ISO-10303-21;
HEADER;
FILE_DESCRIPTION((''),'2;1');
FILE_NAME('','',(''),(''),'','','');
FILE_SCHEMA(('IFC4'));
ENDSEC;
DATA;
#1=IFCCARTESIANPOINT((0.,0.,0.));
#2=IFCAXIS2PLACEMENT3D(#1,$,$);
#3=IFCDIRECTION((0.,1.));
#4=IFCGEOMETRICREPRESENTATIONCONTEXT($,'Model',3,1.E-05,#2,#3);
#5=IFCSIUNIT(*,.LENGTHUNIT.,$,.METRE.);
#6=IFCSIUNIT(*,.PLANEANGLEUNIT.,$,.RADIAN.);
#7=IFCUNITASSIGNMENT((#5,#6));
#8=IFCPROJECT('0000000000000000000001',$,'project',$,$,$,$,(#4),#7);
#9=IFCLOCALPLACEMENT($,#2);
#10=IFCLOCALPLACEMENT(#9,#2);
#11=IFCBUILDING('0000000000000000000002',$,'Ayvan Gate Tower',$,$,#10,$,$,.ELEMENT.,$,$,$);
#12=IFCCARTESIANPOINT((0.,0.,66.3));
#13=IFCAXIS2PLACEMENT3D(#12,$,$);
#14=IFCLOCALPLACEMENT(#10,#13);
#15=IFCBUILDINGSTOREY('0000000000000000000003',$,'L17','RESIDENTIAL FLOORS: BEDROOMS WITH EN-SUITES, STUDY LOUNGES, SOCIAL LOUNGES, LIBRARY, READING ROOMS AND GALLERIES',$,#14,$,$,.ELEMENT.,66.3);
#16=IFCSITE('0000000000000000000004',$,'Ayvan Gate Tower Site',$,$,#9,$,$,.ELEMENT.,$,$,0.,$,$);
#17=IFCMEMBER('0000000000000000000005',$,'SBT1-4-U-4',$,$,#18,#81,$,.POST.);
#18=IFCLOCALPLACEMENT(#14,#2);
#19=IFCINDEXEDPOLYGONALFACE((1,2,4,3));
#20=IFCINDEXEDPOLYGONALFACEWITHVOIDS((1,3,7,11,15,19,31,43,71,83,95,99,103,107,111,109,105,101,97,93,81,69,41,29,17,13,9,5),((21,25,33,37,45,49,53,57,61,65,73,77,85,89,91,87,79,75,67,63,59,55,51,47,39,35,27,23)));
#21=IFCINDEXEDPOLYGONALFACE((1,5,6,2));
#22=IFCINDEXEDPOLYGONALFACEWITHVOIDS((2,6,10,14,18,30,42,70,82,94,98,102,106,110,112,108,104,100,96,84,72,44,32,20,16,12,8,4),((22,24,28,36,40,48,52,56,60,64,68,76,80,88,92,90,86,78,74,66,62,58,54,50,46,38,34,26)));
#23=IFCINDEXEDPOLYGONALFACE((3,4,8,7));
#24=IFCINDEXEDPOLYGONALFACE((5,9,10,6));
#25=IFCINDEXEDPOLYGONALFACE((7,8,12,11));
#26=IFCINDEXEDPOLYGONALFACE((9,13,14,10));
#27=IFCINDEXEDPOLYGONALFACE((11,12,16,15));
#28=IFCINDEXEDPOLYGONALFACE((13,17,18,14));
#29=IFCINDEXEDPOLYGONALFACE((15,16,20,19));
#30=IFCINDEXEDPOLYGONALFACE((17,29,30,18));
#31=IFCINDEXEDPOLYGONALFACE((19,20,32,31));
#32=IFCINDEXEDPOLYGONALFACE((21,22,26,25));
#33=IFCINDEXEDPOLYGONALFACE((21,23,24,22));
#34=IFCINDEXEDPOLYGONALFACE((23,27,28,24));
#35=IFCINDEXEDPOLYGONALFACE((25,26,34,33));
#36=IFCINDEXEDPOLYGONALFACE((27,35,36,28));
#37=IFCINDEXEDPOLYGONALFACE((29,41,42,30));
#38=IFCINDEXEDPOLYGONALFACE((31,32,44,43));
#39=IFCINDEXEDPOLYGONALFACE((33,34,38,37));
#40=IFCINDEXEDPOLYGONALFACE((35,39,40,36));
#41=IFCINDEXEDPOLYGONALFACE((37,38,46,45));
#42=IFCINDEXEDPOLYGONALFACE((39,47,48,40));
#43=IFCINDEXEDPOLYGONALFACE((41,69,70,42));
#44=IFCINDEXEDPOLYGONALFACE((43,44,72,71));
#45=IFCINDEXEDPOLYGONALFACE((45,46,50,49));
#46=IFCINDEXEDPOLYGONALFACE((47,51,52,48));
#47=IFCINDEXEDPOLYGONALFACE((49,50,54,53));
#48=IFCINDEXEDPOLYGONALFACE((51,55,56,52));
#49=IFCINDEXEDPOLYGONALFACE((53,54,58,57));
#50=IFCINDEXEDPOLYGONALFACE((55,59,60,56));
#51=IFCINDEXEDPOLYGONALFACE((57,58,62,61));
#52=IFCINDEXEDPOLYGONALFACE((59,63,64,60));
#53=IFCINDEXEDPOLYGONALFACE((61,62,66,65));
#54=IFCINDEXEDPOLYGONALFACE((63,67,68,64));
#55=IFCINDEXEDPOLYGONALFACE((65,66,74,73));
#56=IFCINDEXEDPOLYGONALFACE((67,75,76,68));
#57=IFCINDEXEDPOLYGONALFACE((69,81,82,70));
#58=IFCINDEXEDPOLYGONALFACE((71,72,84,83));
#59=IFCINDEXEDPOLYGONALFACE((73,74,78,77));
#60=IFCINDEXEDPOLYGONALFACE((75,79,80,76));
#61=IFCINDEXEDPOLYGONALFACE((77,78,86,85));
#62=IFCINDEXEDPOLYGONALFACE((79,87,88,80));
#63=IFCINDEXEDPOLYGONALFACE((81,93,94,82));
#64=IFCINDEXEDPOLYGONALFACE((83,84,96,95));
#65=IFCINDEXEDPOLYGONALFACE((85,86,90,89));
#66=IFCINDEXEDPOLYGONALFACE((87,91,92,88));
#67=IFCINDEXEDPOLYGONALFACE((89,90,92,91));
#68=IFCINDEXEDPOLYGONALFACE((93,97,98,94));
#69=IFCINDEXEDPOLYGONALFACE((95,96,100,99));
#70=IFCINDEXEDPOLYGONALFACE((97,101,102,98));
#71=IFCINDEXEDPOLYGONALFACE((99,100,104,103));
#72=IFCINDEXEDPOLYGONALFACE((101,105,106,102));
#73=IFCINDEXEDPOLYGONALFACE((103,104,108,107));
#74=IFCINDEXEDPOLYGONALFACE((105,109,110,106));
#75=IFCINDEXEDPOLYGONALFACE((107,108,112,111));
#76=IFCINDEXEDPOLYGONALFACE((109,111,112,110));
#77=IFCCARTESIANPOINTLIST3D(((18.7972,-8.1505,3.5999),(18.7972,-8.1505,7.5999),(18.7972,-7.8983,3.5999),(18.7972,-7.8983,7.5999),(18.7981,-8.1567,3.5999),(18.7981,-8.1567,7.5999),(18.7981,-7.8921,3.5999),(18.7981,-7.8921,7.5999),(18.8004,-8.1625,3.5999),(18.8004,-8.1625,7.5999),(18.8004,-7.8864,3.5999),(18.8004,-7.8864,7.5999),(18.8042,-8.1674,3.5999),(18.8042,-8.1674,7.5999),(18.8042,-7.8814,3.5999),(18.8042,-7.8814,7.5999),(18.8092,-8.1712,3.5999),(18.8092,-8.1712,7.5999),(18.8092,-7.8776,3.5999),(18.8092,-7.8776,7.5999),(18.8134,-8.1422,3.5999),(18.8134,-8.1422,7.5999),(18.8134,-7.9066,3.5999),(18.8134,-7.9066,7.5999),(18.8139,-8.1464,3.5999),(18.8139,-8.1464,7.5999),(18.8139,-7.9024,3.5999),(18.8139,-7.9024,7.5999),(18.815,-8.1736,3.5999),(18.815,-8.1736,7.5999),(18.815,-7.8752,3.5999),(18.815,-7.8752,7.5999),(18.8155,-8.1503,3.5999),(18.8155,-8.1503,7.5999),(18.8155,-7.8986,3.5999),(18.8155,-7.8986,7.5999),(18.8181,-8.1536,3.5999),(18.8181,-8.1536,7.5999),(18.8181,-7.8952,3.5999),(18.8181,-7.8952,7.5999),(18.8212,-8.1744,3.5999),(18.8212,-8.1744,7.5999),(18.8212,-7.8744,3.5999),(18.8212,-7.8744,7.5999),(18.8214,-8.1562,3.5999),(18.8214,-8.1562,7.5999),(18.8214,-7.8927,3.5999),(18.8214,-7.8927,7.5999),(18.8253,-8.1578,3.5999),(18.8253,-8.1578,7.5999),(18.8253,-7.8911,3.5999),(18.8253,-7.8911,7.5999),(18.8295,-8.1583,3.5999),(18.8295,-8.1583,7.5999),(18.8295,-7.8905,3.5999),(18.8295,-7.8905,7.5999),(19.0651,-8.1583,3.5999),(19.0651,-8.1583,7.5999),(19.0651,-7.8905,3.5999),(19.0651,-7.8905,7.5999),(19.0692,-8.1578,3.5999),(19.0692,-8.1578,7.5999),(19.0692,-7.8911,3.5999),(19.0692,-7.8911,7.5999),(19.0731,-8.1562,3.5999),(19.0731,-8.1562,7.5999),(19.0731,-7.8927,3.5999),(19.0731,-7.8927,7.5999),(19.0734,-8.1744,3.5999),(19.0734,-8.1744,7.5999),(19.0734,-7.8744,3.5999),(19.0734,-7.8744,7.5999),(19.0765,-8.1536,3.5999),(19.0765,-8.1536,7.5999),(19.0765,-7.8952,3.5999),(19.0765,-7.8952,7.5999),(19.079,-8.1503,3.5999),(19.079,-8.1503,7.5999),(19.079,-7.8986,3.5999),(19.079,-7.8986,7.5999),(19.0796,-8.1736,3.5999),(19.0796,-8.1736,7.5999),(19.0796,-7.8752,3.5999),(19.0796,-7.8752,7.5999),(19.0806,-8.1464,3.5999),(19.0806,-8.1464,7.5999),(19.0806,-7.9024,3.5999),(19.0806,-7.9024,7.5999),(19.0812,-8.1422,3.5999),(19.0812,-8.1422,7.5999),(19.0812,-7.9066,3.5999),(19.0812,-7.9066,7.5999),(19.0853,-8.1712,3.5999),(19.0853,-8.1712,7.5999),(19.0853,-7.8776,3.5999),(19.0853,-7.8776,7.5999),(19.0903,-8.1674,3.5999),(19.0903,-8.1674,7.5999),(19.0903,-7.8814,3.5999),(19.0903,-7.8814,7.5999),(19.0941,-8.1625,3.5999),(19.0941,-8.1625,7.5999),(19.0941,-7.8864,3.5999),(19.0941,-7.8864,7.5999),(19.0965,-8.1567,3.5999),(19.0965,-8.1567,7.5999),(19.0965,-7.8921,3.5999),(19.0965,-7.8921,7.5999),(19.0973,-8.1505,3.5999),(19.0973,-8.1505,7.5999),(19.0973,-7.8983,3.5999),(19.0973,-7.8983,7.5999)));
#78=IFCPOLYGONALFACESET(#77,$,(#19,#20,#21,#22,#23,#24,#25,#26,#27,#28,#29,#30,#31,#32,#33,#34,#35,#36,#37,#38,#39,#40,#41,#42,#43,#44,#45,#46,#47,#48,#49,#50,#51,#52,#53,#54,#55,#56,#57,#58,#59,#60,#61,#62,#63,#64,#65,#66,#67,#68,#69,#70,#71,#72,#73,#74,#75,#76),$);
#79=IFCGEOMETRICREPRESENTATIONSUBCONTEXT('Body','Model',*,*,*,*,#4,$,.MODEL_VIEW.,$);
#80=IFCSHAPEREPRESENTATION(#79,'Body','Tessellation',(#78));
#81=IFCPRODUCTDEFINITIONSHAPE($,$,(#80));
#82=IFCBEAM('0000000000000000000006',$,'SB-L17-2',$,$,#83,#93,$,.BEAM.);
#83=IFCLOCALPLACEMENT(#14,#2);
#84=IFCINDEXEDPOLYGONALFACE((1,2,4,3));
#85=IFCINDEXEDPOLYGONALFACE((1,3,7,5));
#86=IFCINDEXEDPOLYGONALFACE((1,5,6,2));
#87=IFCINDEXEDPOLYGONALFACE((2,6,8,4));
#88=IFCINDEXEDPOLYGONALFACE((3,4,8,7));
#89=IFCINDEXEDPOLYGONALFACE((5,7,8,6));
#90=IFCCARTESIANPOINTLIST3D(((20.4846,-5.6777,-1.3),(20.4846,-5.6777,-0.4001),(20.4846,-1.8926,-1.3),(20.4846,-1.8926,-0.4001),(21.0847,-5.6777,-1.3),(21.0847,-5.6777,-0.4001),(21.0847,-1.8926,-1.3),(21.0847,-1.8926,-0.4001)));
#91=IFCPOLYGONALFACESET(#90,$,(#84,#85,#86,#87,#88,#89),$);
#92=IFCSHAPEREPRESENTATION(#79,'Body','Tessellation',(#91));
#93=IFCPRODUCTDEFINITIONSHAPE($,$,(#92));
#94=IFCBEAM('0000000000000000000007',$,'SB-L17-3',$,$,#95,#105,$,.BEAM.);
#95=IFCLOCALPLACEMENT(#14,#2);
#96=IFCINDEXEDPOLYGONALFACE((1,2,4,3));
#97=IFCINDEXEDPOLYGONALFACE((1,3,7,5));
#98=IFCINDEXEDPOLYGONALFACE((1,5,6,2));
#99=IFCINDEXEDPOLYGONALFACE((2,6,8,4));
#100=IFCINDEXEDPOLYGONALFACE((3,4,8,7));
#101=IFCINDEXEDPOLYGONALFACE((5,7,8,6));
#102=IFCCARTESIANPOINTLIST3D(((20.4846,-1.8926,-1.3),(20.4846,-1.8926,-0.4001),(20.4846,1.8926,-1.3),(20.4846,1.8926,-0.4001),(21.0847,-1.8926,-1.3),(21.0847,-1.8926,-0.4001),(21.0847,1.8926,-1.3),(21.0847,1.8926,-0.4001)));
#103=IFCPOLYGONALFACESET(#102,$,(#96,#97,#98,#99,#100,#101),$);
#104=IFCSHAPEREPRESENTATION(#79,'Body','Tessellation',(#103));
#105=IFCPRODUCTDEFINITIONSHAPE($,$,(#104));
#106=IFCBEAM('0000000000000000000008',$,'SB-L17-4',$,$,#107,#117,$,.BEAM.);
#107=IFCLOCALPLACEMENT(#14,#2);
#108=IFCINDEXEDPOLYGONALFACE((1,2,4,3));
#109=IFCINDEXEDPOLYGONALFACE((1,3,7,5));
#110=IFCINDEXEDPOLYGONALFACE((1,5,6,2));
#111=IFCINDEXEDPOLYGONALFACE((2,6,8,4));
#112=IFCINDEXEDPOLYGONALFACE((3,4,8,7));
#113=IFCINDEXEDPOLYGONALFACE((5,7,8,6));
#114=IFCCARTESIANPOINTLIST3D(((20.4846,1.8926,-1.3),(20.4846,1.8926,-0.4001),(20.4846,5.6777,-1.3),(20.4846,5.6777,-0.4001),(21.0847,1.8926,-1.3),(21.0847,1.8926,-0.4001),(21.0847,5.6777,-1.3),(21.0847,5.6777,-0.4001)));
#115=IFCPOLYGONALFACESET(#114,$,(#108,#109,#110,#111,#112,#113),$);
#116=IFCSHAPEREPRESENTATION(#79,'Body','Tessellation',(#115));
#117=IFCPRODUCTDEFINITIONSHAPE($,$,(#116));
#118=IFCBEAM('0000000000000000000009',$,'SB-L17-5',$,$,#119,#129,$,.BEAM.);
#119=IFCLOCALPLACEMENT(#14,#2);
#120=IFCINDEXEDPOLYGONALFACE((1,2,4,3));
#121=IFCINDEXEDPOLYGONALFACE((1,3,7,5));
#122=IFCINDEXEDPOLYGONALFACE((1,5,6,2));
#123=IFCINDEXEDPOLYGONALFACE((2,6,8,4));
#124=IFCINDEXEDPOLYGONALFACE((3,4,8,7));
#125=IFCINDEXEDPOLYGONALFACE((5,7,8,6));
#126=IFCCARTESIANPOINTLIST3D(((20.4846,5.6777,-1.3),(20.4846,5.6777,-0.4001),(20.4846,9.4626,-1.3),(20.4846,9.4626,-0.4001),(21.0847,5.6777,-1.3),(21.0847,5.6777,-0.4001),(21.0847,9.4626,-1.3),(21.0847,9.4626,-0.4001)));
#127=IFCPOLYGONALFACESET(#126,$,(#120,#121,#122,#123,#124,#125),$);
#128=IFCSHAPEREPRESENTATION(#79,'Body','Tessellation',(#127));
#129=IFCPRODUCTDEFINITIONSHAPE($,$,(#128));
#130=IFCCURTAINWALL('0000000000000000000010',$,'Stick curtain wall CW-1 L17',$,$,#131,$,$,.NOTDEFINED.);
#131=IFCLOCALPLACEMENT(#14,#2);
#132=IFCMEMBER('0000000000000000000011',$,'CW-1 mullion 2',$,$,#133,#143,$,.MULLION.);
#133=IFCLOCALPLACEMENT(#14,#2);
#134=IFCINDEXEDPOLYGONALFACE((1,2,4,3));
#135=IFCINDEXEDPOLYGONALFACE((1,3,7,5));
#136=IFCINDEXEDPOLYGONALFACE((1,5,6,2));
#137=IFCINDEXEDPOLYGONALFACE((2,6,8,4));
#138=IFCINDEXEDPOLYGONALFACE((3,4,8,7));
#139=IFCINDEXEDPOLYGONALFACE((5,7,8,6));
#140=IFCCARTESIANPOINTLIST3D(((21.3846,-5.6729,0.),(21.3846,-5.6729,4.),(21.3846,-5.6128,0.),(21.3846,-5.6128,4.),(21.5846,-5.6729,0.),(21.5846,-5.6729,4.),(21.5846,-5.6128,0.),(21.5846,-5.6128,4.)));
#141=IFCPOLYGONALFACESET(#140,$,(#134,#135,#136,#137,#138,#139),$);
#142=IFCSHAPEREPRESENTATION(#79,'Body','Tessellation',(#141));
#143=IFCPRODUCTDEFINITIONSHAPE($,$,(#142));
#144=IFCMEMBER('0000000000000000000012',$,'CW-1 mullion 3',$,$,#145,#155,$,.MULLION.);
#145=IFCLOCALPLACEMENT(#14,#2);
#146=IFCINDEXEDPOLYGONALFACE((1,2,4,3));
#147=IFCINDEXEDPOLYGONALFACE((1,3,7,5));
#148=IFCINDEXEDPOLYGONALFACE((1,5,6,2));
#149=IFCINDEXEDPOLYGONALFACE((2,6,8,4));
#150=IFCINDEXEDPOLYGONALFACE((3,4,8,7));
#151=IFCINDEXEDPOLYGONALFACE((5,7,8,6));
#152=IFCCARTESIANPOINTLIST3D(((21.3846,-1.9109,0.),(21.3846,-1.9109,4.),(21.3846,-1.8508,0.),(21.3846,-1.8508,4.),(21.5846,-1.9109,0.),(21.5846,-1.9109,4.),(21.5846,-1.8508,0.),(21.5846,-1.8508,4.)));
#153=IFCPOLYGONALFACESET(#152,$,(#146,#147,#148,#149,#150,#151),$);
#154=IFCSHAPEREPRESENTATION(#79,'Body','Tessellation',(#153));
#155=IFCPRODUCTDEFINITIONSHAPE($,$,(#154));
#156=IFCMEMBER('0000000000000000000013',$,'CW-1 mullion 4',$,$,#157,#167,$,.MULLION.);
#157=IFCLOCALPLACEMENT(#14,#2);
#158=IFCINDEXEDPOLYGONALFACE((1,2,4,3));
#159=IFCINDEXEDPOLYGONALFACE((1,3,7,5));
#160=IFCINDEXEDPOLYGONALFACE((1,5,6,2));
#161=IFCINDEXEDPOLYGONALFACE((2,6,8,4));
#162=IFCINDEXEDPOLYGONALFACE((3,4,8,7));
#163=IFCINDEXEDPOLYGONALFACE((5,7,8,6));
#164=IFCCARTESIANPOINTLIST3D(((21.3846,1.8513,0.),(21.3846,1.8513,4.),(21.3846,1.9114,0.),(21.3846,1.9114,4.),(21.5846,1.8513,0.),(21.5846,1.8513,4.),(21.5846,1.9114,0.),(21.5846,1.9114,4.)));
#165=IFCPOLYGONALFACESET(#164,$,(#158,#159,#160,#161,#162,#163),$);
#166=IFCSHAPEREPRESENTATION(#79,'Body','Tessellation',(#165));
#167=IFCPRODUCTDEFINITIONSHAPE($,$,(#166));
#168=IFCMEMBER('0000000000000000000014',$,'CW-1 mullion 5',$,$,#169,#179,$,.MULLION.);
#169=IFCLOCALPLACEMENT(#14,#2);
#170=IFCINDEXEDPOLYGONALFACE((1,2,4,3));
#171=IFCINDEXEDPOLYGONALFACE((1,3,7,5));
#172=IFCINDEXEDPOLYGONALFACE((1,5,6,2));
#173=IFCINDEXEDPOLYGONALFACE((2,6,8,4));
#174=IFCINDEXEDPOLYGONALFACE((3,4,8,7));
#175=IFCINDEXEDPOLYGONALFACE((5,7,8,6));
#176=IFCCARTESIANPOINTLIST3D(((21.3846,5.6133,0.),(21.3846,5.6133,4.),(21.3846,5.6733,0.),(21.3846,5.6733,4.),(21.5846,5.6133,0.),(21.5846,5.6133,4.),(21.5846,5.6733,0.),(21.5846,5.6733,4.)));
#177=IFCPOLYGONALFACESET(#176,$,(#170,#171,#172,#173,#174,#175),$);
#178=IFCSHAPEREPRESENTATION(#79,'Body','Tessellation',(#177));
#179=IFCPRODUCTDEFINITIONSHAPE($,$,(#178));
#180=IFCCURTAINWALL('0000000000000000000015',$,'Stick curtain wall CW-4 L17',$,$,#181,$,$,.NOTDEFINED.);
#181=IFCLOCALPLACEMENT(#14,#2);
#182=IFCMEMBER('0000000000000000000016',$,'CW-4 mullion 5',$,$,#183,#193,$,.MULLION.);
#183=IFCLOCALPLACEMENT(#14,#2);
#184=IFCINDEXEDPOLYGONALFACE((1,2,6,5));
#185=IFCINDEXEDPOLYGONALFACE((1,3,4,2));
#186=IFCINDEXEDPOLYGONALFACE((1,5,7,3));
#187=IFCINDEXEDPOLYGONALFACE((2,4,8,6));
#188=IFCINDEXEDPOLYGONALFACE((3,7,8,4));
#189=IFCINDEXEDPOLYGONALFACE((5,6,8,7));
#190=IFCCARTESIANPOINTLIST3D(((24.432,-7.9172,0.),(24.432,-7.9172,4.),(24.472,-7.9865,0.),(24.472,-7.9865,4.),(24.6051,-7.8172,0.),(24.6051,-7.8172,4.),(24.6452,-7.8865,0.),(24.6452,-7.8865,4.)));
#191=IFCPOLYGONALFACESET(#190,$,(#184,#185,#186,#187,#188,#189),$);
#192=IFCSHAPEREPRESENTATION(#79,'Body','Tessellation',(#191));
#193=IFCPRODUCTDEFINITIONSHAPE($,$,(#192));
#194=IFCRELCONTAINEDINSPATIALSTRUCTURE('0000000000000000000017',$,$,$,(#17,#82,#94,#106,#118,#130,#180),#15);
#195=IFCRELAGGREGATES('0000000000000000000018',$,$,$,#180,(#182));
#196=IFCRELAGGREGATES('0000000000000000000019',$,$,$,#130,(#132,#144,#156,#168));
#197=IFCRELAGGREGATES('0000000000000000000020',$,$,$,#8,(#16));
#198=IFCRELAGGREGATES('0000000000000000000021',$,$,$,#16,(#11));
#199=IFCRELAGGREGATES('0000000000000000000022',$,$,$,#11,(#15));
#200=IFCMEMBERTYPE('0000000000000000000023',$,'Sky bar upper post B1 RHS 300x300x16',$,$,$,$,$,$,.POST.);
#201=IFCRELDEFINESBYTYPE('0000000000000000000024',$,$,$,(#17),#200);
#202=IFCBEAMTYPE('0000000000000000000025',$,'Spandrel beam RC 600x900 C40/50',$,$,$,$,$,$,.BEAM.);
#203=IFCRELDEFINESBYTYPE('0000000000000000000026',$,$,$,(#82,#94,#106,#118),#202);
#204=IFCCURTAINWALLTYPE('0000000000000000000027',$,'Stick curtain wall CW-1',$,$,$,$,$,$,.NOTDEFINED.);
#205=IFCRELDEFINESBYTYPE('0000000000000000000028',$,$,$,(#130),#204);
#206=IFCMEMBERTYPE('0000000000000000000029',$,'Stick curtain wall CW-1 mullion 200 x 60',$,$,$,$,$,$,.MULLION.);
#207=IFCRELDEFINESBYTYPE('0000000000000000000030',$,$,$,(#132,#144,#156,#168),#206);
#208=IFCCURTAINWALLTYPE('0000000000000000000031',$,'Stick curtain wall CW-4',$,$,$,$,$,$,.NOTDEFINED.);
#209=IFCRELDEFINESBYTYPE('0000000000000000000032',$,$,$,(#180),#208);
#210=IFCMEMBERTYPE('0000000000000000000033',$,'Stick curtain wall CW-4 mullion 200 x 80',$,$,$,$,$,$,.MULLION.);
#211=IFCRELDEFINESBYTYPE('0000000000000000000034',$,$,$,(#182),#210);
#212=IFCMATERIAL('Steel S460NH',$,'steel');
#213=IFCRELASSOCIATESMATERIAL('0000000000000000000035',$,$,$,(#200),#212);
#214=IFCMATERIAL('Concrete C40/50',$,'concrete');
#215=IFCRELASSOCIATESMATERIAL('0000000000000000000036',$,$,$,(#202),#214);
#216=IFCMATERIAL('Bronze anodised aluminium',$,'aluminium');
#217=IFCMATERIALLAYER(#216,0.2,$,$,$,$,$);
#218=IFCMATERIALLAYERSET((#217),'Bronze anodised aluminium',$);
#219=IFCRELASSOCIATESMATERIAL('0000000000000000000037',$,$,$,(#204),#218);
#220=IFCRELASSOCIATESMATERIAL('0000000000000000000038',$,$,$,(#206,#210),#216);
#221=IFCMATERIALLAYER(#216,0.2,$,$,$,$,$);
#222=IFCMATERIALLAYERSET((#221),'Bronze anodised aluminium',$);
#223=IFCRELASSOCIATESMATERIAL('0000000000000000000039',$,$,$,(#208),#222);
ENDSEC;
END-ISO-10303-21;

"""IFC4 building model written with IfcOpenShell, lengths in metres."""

from ifc_helpers import new_model, si_unit, direction, frame, origin, origin_2d, place, context, subcontext, project, spatial, rectangle, hollow_rectangle, extrude, material, layer, layer_set, material_profile, profile_set, type_object, element, aggregate, save


model = new_model("IFC4")

# Units and contexts
model_context = context("Model", 3, precision=1e-05, world=origin(), true_north=direction((0.0, 1.0)))
body_context = subcontext(model_context, "Body", "Model", "MODEL_VIEW")
ifc_project = project(units=[si_unit("LENGTHUNIT", "METRE"), si_unit("PLANEANGLEUNIT", "RADIAN")], contexts=[model_context])

# Site, building, storey
site_placement = place(None, origin())
site = spatial("IfcSite", under=ifc_project, at=site_placement, Name="Ayvan Gate Tower Site", CompositionType="ELEMENT", RefElevation=0.0)
building_placement = place(site_placement, origin())
building = spatial("IfcBuilding", under=site, at=building_placement, Name="Ayvan Gate Tower", CompositionType="ELEMENT")
storey_placement = place(building_placement, frame((0.0, 0.0, 66.3)))
storey = spatial("IfcBuildingStorey", under=building, at=storey_placement, Name="L17", Description="RESIDENTIAL FLOORS: BEDROOMS WITH EN-SUITES, STUDY LOUNGES, SOCIAL LOUNGES, LIBRARY, READING ROOMS AND GALLERIES", CompositionType="ELEMENT", Elevation=66.3)

# Member
ifc_material_1 = material(Name="Steel S460NH", Category="steel")
ifc_material_profile_1 = material_profile(ifc_material_1, hollow_rectangle(XDim=0.3, YDim=0.3, WallThickness=0.0161, InnerFilletRadius=0.0161, OuterFilletRadius=0.0239, at=origin_2d()), Name="RHS 300x300x16")
ifc_profile_set_1 = profile_set([ifc_material_profile_1], Name="Steel S460NH")
member_type_1 = type_object("IfcMemberType", Name="Sky bar upper post B1 RHS 300x300x16", PredefinedType="POST", material=ifc_profile_set_1)
member_1_placement = place(storey_placement, frame((18.9473, -8.0244, 3.5999), z_axis=(0.0, 0.0, 1.0), x_axis=(1.0, 0.0, 0.0)))
element("IfcMember", 1, at=member_1_placement, inside=storey, type_object=member_type_1, Name="SBT1-4-U-4", PredefinedType="POST", context=body_context, shape_type="SweptSolid", body=[
    extrude(hollow_rectangle(XDim=0.3, YDim=0.3, WallThickness=0.0161, InnerFilletRadius=0.0161, OuterFilletRadius=0.0239, at=origin_2d()), origin(), (0.0, 0.0, 1.0), 4.0),
])

# Beams
ifc_material_2 = material(Name="Concrete C40/50", Category="concrete")
ifc_material_profile_2 = material_profile(ifc_material_2, rectangle(XDim=0.6001, YDim=0.8999, at=origin_2d()), Name="RC 600x900")
ifc_profile_set_2 = profile_set([ifc_material_profile_2], Name="Concrete C40/50")
beam_type = type_object("IfcBeamType", Name="Spandrel beam RC 600x900 C40/50", PredefinedType="BEAM", material=ifc_profile_set_2)
for number, where, z_axis, x_axis, name in (
    (2, (20.7847, -5.6777, -0.8501), (0.0, 1.0, 0.0), (-1.0, 0.0, 0.0), "SB-L17-2"),
    (3, (20.7847, -1.8926, -0.8501), (0.0, 1.0, 0.0), (-1.0, 0.0, 0.0), "SB-L17-3"),
    (4, (20.7847, 1.8926, -0.8501), (0.0, 1.0, 0.0), (-1.0, 0.0, 0.0), "SB-L17-4"),
):
    element("IfcBeam", number, at=place(storey_placement, frame(where, z_axis=z_axis, x_axis=x_axis)), inside=storey, type_object=beam_type, Name=name, PredefinedType="BEAM", context=body_context, shape_type="SweptSolid", body=[
        extrude(rectangle(XDim=0.6001, YDim=0.8999, at=origin_2d()), origin(), (0.0, 0.0, 1.0), 3.7852),
    ])
beam_placement = place(storey_placement, frame((20.7847, 5.6777, -0.8501), z_axis=(0.0, 1.0, 0.0), x_axis=(-1.0, 0.0, 0.0)))
element("IfcBeam", 5, at=beam_placement, inside=storey, type_object=beam_type, Name="SB-L17-5", PredefinedType="BEAM", context=body_context, shape_type="SweptSolid", body=[
    extrude(rectangle(XDim=0.6001, YDim=0.8999, at=origin_2d()), origin(), (0.0, 0.0, 1.0), 3.7849),
])

# Curtain wall, members
ifc_material_3 = material(Name="Bronze anodised aluminium", Category="aluminium")
ifc_layer_1 = layer(ifc_material_3, 0.2)
ifc_layer_set_1 = layer_set([ifc_layer_1], Name="Bronze anodised aluminium")
curtain_wall_type_1 = type_object("IfcCurtainWallType", Name="Stick curtain wall CW-1", PredefinedType="NOTDEFINED", material=ifc_layer_set_1)
curtain_wall_1_placement = place(storey_placement, origin())
curtain_wall_1 = element("IfcCurtainWall", 6, at=curtain_wall_1_placement, inside=storey, type_object=curtain_wall_type_1, Name="Stick curtain wall CW-1 L17", PredefinedType="NOTDEFINED")
ifc_material_profile_3 = material_profile(ifc_material_3, rectangle(XDim=0.2, YDim=0.0601, at=origin_2d()), Name="Stick curtain wall CW-1 mullion 200 x 60")
ifc_profile_set_3 = profile_set([ifc_material_profile_3], Name="Bronze anodised aluminium")
member_type_2 = type_object("IfcMemberType", Name="Stick curtain wall CW-1 mullion 200 x 60", PredefinedType="MULLION", material=ifc_profile_set_3)
member_2_placement = place(storey_placement, frame((21.4846, -5.6428, 0.0), z_axis=(0.0, 0.0, 1.0), x_axis=(1.0, 0.0, 0.0)))
member_2 = element("IfcMember", 7, at=member_2_placement, type_object=member_type_2, Name="CW-1 mullion 2", PredefinedType="MULLION", context=body_context, shape_type="SweptSolid", body=[
    extrude(rectangle(XDim=0.2, YDim=0.0601, at=origin_2d()), origin(), (0.0, 0.0, 1.0), 4.0),
])
member_3_placement = place(storey_placement, frame((21.4846, -1.8809, 0.0), z_axis=(0.0, 0.0, 1.0), x_axis=(1.0, 0.0, 0.0)))
member_3 = element("IfcMember", 8, at=member_3_placement, type_object=member_type_2, Name="CW-1 mullion 3", PredefinedType="MULLION", context=body_context, shape_type="SweptSolid", body=[
    extrude(rectangle(XDim=0.2, YDim=0.0601, at=origin_2d()), origin(), (0.0, 0.0, 1.0), 4.0),
])
member_4_placement = place(storey_placement, frame((21.4846, 1.8813, 0.0), z_axis=(0.0, 0.0, 1.0), x_axis=(1.0, 0.0, 0.0)))
member_4 = element("IfcMember", 9, at=member_4_placement, type_object=member_type_2, Name="CW-1 mullion 4", PredefinedType="MULLION", context=body_context, shape_type="SweptSolid", body=[
    extrude(rectangle(XDim=0.2, YDim=0.0601, at=origin_2d()), origin(), (0.0, 0.0, 1.0), 4.0),
])
member_5_placement = place(storey_placement, frame((21.4846, 5.6433, 0.0), z_axis=(0.0, 0.0, 1.0), x_axis=(1.0, 0.0, 0.0)))
member_5 = element("IfcMember", 10, at=member_5_placement, type_object=member_type_2, Name="CW-1 mullion 5", PredefinedType="MULLION", context=body_context, shape_type="SweptSolid", body=[
    extrude(rectangle(XDim=0.2, YDim=0.0601, at=origin_2d()), origin(), (0.0, 0.0, 1.0), 4.0),
])

# Curtain wall, member
ifc_layer_2 = layer(ifc_material_3, 0.2)
ifc_layer_set_2 = layer_set([ifc_layer_2], Name="Bronze anodised aluminium")
curtain_wall_type_2 = type_object("IfcCurtainWallType", Name="Stick curtain wall CW-4", PredefinedType="NOTDEFINED", material=ifc_layer_set_2)
curtain_wall_2_placement = place(storey_placement, origin())
curtain_wall_2 = element("IfcCurtainWall", 11, at=curtain_wall_2_placement, inside=storey, type_object=curtain_wall_type_2, Name="Stick curtain wall CW-4 L17", PredefinedType="NOTDEFINED")
ifc_material_profile_4 = material_profile(ifc_material_3, rectangle(XDim=0.2, YDim=0.0801, at=origin_2d()), Name="Stick curtain wall CW-4 mullion 200 x 80")
ifc_profile_set_4 = profile_set([ifc_material_profile_4], Name="Bronze anodised aluminium")
member_type_3 = type_object("IfcMemberType", Name="Stick curtain wall CW-4 mullion 200 x 80", PredefinedType="MULLION", material=ifc_profile_set_4)
member_6_placement = place(storey_placement, frame((24.5386, -7.9019, 0.0), z_axis=(0.0, 0.0, 1.0), x_axis=(0.866025, 0.5, 0.0)))
member_6 = element("IfcMember", 12, at=member_6_placement, type_object=member_type_3, Name="CW-4 mullion 5", PredefinedType="MULLION", context=body_context, shape_type="SweptSolid", body=[
    extrude(rectangle(XDim=0.2, YDim=0.0801, at=origin_2d()), origin(), (0.0, 0.0, 1.0), 4.0),
])
aggregate(curtain_wall_2, [member_6])

aggregate(curtain_wall_1, [member_2, member_3, member_4, member_5])

save(model, "model.ifc")
